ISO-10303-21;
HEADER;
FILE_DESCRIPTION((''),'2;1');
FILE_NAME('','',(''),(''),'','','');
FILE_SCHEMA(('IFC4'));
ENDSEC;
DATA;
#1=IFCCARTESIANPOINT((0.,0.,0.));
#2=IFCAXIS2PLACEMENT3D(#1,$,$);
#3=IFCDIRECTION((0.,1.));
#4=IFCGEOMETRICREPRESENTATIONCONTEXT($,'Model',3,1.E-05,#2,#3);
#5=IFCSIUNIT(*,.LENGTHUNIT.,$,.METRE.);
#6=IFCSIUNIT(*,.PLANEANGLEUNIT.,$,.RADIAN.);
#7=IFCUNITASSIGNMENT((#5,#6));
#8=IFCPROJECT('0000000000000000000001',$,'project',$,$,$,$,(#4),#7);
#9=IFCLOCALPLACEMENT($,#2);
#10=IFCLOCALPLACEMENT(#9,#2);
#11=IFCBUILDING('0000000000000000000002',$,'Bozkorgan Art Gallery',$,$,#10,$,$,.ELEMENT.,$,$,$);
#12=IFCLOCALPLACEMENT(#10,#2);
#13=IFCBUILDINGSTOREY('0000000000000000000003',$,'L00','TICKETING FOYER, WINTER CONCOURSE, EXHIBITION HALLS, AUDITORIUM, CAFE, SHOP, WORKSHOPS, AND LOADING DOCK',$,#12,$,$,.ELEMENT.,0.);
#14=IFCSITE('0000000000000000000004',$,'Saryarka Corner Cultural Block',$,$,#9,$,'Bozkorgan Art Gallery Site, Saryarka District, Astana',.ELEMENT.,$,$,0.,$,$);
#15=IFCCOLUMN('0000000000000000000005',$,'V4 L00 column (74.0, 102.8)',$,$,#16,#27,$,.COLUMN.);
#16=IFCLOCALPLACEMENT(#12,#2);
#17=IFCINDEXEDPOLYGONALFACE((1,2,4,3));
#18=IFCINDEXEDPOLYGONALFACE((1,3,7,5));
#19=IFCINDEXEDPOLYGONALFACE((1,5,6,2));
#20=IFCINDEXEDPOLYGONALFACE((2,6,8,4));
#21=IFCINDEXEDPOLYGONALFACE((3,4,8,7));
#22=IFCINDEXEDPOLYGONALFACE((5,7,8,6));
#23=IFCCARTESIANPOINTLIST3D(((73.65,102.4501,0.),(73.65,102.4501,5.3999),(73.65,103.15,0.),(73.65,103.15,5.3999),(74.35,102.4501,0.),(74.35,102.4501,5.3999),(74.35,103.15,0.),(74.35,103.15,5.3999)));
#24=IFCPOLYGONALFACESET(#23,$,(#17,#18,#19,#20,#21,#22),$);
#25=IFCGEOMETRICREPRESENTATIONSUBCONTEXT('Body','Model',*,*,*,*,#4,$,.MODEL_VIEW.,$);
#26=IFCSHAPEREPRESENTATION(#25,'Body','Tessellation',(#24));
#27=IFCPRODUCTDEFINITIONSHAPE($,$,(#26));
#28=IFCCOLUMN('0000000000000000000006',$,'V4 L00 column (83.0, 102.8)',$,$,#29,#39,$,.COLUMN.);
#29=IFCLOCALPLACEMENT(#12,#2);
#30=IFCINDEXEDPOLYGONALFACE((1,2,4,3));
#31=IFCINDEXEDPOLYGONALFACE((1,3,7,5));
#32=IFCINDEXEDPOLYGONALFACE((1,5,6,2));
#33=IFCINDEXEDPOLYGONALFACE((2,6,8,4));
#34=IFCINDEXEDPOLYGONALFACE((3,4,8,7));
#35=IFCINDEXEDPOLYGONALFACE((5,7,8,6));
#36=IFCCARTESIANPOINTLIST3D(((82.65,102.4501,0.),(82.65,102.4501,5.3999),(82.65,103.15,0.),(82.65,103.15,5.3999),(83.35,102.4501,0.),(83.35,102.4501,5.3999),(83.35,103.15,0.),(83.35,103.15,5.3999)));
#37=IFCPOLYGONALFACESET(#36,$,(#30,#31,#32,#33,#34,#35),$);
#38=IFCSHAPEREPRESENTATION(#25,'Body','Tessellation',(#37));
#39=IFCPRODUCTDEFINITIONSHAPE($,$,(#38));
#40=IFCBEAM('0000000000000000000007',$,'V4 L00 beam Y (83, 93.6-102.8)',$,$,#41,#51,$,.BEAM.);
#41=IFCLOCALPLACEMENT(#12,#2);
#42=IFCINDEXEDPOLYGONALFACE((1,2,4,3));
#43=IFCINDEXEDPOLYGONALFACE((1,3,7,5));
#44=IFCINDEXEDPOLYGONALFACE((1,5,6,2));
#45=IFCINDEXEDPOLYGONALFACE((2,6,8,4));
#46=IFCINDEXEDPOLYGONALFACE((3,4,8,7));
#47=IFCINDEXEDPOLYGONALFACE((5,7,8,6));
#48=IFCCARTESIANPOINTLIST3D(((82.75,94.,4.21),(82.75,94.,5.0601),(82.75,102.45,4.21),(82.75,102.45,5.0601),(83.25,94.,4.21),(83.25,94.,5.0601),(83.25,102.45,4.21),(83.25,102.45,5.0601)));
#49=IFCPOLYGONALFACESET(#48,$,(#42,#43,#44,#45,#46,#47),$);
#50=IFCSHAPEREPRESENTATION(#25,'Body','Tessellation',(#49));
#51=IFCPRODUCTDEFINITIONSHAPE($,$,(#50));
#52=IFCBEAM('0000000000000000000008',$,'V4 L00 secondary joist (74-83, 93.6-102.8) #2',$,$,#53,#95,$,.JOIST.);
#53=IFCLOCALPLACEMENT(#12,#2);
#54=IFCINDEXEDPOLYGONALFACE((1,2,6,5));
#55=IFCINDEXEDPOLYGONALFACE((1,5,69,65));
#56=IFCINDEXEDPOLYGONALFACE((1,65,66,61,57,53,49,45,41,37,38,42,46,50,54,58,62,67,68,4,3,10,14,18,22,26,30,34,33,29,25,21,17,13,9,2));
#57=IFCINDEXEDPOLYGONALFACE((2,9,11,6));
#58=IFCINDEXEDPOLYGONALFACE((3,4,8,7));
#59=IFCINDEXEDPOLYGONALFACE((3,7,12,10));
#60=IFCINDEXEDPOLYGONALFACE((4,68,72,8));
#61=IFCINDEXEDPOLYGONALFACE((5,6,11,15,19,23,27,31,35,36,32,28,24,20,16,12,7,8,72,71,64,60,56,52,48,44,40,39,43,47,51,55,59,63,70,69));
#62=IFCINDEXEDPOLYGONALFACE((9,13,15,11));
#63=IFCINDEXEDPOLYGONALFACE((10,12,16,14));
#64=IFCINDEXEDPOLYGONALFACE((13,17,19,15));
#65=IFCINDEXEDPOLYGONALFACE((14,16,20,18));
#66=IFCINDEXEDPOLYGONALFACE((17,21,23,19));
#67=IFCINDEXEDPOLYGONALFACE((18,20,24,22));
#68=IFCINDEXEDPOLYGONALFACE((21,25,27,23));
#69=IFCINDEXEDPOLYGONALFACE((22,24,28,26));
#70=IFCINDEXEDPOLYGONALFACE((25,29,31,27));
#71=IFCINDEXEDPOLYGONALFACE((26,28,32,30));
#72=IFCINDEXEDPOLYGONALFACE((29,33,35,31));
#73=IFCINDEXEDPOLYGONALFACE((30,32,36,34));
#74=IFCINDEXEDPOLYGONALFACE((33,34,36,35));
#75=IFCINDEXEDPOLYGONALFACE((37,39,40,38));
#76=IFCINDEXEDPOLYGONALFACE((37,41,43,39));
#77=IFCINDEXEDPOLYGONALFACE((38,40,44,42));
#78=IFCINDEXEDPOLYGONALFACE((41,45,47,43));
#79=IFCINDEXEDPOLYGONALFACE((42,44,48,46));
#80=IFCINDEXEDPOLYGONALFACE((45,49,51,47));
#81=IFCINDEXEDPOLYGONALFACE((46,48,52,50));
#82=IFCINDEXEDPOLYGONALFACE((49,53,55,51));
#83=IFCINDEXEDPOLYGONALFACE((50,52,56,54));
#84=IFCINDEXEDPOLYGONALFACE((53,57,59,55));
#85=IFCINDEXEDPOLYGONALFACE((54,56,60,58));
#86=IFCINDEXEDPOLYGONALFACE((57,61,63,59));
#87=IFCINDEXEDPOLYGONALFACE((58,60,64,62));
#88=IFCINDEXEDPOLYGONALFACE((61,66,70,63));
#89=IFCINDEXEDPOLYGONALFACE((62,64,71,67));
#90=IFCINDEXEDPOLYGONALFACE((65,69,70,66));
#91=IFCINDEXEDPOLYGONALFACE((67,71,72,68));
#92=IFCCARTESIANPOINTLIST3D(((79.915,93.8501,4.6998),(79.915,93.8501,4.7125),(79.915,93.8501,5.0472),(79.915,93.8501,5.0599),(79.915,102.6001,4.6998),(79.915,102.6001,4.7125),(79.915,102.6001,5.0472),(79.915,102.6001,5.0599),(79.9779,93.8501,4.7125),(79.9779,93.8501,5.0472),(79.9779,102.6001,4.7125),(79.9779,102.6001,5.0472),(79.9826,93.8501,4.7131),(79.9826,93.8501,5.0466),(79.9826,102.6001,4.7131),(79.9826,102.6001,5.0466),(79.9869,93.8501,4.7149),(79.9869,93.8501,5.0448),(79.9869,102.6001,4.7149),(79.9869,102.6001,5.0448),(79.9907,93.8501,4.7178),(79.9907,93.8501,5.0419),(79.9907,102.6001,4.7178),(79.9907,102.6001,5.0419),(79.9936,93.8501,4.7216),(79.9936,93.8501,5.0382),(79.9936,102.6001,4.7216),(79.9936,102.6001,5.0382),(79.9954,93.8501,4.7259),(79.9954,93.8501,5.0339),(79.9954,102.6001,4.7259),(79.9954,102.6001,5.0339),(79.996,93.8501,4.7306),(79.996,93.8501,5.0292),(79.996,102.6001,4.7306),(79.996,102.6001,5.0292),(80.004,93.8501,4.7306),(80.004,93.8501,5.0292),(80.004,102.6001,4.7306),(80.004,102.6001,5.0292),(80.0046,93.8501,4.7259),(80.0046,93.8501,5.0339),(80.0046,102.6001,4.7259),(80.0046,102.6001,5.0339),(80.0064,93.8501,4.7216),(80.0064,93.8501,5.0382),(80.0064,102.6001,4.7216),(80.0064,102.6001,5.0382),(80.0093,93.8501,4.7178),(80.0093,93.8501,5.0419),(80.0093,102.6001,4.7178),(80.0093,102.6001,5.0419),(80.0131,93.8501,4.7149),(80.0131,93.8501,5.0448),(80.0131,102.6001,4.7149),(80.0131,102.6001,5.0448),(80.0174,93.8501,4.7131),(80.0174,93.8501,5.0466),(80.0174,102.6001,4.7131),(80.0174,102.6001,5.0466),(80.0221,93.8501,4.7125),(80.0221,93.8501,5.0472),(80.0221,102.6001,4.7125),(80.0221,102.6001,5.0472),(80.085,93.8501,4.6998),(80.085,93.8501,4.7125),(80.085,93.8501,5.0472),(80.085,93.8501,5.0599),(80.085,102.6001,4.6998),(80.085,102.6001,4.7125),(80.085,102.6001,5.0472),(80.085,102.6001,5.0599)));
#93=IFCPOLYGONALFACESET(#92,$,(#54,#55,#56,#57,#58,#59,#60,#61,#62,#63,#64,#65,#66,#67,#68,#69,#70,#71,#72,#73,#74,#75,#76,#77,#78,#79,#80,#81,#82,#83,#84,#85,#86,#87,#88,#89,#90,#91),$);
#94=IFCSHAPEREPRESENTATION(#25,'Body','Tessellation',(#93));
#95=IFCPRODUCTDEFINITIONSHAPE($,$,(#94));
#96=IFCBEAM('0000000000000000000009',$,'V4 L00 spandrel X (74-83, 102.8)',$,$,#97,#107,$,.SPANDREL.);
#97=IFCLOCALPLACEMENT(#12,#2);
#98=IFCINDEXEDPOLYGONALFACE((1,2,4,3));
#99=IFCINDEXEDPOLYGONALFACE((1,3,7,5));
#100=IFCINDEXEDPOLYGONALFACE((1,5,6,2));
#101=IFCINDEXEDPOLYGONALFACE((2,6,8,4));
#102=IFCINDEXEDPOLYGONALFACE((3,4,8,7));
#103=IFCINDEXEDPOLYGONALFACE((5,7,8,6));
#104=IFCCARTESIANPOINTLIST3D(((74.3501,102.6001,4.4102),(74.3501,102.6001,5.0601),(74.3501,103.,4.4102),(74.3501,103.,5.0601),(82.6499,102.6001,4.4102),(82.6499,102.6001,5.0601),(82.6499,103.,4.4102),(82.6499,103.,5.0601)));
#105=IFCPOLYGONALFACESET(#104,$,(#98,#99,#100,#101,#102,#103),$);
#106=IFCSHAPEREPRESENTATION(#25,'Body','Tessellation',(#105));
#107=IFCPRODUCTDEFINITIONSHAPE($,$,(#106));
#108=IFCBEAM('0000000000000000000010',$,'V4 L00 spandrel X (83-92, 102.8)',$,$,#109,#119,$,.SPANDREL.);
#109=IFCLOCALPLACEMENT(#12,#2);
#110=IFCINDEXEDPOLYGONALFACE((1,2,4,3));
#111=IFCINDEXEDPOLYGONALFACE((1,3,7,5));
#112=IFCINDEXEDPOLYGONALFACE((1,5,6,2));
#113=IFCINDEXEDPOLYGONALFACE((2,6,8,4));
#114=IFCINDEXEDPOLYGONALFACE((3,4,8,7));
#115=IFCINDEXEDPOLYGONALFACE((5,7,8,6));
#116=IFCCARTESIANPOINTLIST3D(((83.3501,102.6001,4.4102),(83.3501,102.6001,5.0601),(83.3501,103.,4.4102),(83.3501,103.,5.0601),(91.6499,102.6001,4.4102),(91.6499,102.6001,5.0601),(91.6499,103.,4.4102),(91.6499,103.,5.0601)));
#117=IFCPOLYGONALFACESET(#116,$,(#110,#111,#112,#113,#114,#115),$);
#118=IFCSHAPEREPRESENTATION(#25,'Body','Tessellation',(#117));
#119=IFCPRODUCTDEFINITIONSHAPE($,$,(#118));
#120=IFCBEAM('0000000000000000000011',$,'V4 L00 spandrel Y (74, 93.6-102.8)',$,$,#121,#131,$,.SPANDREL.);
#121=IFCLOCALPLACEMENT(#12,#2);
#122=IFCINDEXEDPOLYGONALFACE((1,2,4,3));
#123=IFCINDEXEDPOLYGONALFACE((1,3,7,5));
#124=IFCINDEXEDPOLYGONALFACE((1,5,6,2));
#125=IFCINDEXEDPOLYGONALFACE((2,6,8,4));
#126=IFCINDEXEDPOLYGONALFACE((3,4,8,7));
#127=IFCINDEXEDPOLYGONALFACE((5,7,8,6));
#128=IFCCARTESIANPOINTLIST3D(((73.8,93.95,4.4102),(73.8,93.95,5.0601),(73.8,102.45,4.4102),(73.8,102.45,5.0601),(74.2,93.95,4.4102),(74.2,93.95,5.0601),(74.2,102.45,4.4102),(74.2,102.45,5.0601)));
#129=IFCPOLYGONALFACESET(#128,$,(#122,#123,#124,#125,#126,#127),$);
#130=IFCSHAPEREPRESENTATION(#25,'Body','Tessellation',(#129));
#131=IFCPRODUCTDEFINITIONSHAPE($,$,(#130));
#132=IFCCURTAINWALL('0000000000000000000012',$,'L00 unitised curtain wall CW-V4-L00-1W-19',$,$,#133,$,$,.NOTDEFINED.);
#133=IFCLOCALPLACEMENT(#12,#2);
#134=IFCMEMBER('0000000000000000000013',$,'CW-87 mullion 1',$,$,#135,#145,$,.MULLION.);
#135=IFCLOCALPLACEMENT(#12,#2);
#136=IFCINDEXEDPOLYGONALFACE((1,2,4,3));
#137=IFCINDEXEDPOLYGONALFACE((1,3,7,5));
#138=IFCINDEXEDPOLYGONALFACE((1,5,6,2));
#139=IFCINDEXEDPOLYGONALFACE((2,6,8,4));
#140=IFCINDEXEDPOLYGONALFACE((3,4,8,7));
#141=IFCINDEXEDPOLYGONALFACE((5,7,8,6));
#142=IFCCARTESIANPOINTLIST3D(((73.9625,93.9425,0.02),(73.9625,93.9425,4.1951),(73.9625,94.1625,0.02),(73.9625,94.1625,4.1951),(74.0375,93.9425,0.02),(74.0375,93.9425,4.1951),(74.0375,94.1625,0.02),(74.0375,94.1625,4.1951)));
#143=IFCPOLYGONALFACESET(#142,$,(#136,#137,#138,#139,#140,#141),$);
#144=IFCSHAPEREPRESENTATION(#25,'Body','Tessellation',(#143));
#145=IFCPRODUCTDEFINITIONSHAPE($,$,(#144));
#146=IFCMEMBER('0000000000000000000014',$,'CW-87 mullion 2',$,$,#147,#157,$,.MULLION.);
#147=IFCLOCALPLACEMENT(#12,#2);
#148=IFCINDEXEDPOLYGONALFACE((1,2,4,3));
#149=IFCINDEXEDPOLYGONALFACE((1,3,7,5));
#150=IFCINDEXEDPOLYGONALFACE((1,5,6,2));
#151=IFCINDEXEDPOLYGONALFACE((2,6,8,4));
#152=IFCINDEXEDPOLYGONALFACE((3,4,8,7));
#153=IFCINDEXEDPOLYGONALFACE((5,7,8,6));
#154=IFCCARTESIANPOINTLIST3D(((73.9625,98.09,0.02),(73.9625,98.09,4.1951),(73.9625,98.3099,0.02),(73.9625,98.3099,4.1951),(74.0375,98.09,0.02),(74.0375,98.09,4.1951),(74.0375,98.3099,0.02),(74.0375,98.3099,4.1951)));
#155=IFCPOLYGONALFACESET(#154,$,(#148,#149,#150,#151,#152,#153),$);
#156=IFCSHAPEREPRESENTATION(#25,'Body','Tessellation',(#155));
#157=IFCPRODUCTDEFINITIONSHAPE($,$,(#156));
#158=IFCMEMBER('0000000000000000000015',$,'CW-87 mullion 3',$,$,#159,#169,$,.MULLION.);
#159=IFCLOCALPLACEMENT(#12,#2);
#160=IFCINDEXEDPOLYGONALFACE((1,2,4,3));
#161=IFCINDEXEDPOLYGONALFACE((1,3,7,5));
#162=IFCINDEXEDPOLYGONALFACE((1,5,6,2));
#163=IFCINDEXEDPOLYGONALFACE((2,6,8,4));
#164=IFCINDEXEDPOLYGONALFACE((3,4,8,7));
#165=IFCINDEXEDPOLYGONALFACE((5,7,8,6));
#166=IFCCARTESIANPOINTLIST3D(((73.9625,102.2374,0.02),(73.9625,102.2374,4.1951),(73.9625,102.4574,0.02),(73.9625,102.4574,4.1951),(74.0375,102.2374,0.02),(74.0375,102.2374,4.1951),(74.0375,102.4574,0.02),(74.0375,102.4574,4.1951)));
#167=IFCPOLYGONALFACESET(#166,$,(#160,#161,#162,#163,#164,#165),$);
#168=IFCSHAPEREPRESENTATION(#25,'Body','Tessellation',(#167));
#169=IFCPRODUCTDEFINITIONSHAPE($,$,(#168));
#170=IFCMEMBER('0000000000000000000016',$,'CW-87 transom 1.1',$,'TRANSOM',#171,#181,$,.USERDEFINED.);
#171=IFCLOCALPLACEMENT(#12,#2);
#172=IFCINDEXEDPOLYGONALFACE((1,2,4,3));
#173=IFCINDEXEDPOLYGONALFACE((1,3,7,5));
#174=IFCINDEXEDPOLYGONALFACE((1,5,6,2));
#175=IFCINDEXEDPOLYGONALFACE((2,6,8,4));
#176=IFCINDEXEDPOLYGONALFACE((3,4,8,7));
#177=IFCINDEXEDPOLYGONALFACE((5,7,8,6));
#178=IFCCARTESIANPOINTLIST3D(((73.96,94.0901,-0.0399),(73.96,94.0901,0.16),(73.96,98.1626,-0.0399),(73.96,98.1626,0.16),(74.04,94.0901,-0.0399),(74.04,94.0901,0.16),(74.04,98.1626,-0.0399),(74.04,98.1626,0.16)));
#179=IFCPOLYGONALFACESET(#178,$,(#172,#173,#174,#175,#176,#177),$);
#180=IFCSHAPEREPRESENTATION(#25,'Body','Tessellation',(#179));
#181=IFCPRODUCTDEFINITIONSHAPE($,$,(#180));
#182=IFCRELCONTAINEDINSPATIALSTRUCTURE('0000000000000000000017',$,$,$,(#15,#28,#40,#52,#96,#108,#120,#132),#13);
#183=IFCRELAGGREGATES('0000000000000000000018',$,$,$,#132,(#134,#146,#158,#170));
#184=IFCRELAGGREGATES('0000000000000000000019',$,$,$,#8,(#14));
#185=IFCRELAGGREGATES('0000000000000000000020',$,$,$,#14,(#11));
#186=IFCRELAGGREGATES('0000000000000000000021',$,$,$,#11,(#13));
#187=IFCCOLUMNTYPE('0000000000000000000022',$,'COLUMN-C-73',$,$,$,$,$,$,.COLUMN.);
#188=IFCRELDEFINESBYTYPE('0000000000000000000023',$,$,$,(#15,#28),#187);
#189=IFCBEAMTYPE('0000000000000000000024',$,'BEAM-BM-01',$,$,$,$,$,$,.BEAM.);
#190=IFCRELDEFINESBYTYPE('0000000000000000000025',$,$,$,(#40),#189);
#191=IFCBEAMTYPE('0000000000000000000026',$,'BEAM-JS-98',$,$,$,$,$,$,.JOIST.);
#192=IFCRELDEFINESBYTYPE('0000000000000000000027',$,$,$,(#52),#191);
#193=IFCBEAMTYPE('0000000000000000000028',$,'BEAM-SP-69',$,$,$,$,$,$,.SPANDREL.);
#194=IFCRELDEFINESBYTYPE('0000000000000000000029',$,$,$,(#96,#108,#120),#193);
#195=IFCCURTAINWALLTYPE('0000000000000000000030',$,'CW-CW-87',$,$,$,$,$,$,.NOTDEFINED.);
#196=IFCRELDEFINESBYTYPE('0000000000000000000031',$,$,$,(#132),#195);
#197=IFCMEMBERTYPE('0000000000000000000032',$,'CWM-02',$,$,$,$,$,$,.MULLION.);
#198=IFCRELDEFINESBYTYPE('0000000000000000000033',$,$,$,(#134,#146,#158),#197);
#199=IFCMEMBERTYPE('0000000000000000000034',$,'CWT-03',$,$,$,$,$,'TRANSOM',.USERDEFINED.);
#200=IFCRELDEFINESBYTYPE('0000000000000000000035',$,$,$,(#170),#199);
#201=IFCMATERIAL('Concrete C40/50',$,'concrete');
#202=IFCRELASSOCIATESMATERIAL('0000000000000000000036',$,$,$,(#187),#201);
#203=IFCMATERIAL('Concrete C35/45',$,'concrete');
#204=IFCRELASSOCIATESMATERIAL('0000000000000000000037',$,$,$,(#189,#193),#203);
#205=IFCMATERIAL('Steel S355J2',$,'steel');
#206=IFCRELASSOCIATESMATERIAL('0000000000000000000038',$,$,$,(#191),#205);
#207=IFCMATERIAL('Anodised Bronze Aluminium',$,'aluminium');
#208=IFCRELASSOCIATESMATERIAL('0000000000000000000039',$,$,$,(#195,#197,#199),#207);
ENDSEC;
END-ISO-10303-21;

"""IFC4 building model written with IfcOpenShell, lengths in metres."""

from ifc_helpers import new_model, si_unit, direction, frame, origin, origin_2d, place, context, subcontext, project, spatial, rectangle, i_section, extrude, material, material_profile, profile_set, type_object, element, aggregate, save


model = new_model("IFC4")

# Units and contexts
model_context = context("Model", 3, precision=1e-05, world=origin(), true_north=direction((0.0, 1.0)))
body_context = subcontext(model_context, "Body", "Model", "MODEL_VIEW")
ifc_project = project(units=[si_unit("LENGTHUNIT", "METRE"), si_unit("PLANEANGLEUNIT", "RADIAN")], contexts=[model_context])

# Site, building, storey
site_placement = place(None, origin())
site = spatial("IfcSite", under=ifc_project, at=site_placement, Name="Saryarka Corner Cultural Block", LongName="Bozkorgan Art Gallery Site, Saryarka District, Astana", CompositionType="ELEMENT", RefElevation=0.0)
building_placement = place(site_placement, origin())
building = spatial("IfcBuilding", under=site, at=building_placement, Name="Bozkorgan Art Gallery", CompositionType="ELEMENT")
storey_placement = place(building_placement, origin())
storey = spatial("IfcBuildingStorey", under=building, at=storey_placement, Name="L00", Description="TICKETING FOYER, WINTER CONCOURSE, EXHIBITION HALLS, AUDITORIUM, CAFE, SHOP, WORKSHOPS, AND LOADING DOCK", CompositionType="ELEMENT", Elevation=0.0)

# Columns
ifc_material_1 = material(Name="Concrete C40/50", Category="concrete")
ifc_material_profile_1 = material_profile(ifc_material_1, rectangle(XDim=0.7, YDim=0.7, at=origin_2d()), Name="RC 700x700")
ifc_profile_set_1 = profile_set([ifc_material_profile_1], Name="Concrete C40/50")
column_type = type_object("IfcColumnType", Name="COLUMN-C-73", PredefinedType="COLUMN", material=ifc_profile_set_1)
for number, where, z_axis, x_axis, name in (
    (1, (74.0, 102.8, 0.0), (0.0, 0.0, 1.0), (1.0, 0.0, 0.0), "V4 L00 column (74.0, 102.8)"),
    (2, (83.0, 102.8, 0.0), (0.0, 0.0, 1.0), (1.0, 0.0, 0.0), "V4 L00 column (83.0, 102.8)"),
):
    element("IfcColumn", number, at=place(storey_placement, frame(where, z_axis=z_axis, x_axis=x_axis)), inside=storey, type_object=column_type, Name=name, PredefinedType="COLUMN", context=body_context, shape_type="SweptSolid", body=[
        extrude(rectangle(XDim=0.7, YDim=0.7, at=origin_2d()), origin(), (0.0, 0.0, 1.0), 5.3999),
    ])

# Beams
ifc_material_2 = material(Name="Concrete C35/45", Category="concrete")
ifc_material_profile_2 = material_profile(ifc_material_2, rectangle(XDim=0.5, YDim=0.8501, at=origin_2d()), Name="RC 500x850")
ifc_profile_set_2 = profile_set([ifc_material_profile_2], Name="Concrete C35/45")
beam_type_1 = type_object("IfcBeamType", Name="BEAM-BM-01", PredefinedType="BEAM", material=ifc_profile_set_2)
beam_1_placement = place(storey_placement, frame((83.0, 94.0, 4.635), z_axis=(0.0, 1.0, 0.0), x_axis=(-1.0, 0.0, 0.0)))
element("IfcBeam", 3, at=beam_1_placement, inside=storey, type_object=beam_type_1, Name="V4 L00 beam Y (83, 93.6-102.8)", PredefinedType="BEAM", context=body_context, shape_type="SweptSolid", body=[
    extrude(rectangle(XDim=0.5, YDim=0.8501, at=origin_2d()), origin(), (0.0, 0.0, 1.0), 8.45),
])
ifc_material_3 = material(Name="Steel S355J2", Category="steel")
ifc_material_profile_3 = material_profile(ifc_material_3, i_section(OverallWidth=0.1699, OverallDepth=0.3601, WebThickness=0.0081, FlangeThickness=0.0127, FilletRadius=0.0181, at=origin_2d()), Name="IPE 360")
ifc_profile_set_3 = profile_set([ifc_material_profile_3], Name="Steel S355J2")
beam_type_2 = type_object("IfcBeamType", Name="BEAM-JS-98", PredefinedType="JOIST", material=ifc_profile_set_3)
beam_2_placement = place(storey_placement, frame((80.0, 93.8501, 4.8799), z_axis=(0.0, 1.0, 0.0), x_axis=(-1.0, 0.0, 0.0)))
element("IfcBeam", 4, at=beam_2_placement, inside=storey, type_object=beam_type_2, Name="V4 L00 secondary joist (74-83, 93.6-102.8) #2", PredefinedType="JOIST", context=body_context, shape_type="SweptSolid", body=[
    extrude(i_section(OverallWidth=0.1699, OverallDepth=0.3601, WebThickness=0.0081, FlangeThickness=0.0127, FilletRadius=0.0181, at=origin_2d()), origin(), (0.0, 0.0, 1.0), 8.75),
])
ifc_material_profile_4 = material_profile(ifc_material_2, rectangle(XDim=0.3999, YDim=0.6499, at=origin_2d()), Name="RC 400x650")
ifc_profile_set_4 = profile_set([ifc_material_profile_4], Name="Concrete C35/45")
beam_type_3 = type_object("IfcBeamType", Name="BEAM-SP-69", PredefinedType="SPANDREL", material=ifc_profile_set_4)
for number, where, z_axis, x_axis, name in (
    (5, (74.3501, 102.8, 4.7351), (1.0, 0.0, 0.0), (0.0, 1.0, 0.0), "V4 L00 spandrel X (74-83, 102.8)"),
    (6, (83.3501, 102.8, 4.7351), (1.0, 0.0, 0.0), (0.0, 1.0, 0.0), "V4 L00 spandrel X (83-92, 102.8)"),
):
    element("IfcBeam", number, at=place(storey_placement, frame(where, z_axis=z_axis, x_axis=x_axis)), inside=storey, type_object=beam_type_3, Name=name, PredefinedType="SPANDREL", context=body_context, shape_type="SweptSolid", body=[
        extrude(rectangle(XDim=0.3999, YDim=0.6499, at=origin_2d()), origin(), (0.0, 0.0, 1.0), 8.2998),
    ])
beam_3_placement = place(storey_placement, frame((74.0, 93.95, 4.7351), z_axis=(0.0, 1.0, 0.0), x_axis=(-1.0, 0.0, 0.0)))
element("IfcBeam", 7, at=beam_3_placement, inside=storey, type_object=beam_type_3, Name="V4 L00 spandrel Y (74, 93.6-102.8)", PredefinedType="SPANDREL", context=body_context, shape_type="SweptSolid", body=[
    extrude(rectangle(XDim=0.3999, YDim=0.6499, at=origin_2d()), origin(), (0.0, 0.0, 1.0), 8.5),
])

# Curtain wall, members
ifc_material_4 = material(Name="Anodised Bronze Aluminium", Category="aluminium")
curtain_wall_type = type_object("IfcCurtainWallType", Name="CW-CW-87", PredefinedType="NOTDEFINED", material=ifc_material_4)
curtain_wall_placement = place(storey_placement, origin())
curtain_wall = element("IfcCurtainWall", 8, at=curtain_wall_placement, inside=storey, type_object=curtain_wall_type, Name="L00 unitised curtain wall CW-V4-L00-1W-19", PredefinedType="NOTDEFINED")
ifc_material_profile_5 = material_profile(ifc_material_4, rectangle(XDim=0.075, YDim=0.22, at=origin_2d()), Name="ALU MULLION 75x220")
ifc_profile_set_5 = profile_set([ifc_material_profile_5], Name="Anodised Bronze Aluminium")
member_type_1 = type_object("IfcMemberType", Name="CWM-02", PredefinedType="MULLION", material=ifc_profile_set_5)
member_1_placement = place(storey_placement, frame((74.0, 94.0525, 0.02), z_axis=(0.0, 0.0, 1.0), x_axis=(-1.0, 0.0, 0.0)))
member_1 = element("IfcMember", 9, at=member_1_placement, type_object=member_type_1, Name="CW-87 mullion 1", PredefinedType="MULLION", context=body_context, shape_type="SweptSolid", body=[
    extrude(rectangle(XDim=0.075, YDim=0.22, at=origin_2d()), origin(), (0.0, 0.0, 1.0), 4.175),
])
member_2_placement = place(storey_placement, frame((74.0, 98.2, 0.02), z_axis=(0.0, 0.0, 1.0), x_axis=(-1.0, 0.0, 0.0)))
member_2 = element("IfcMember", 10, at=member_2_placement, type_object=member_type_1, Name="CW-87 mullion 2", PredefinedType="MULLION", context=body_context, shape_type="SweptSolid", body=[
    extrude(rectangle(XDim=0.075, YDim=0.22, at=origin_2d()), origin(), (0.0, 0.0, 1.0), 4.175),
])
member_3_placement = place(storey_placement, frame((74.0, 102.3474, 0.02), z_axis=(0.0, 0.0, 1.0), x_axis=(-1.0, 0.0, 0.0)))
member_3 = element("IfcMember", 11, at=member_3_placement, type_object=member_type_1, Name="CW-87 mullion 3", PredefinedType="MULLION", context=body_context, shape_type="SweptSolid", body=[
    extrude(rectangle(XDim=0.075, YDim=0.22, at=origin_2d()), origin(), (0.0, 0.0, 1.0), 4.175),
])
ifc_material_profile_6 = material_profile(ifc_material_4, rectangle(XDim=0.0801, YDim=0.2, at=origin_2d()), Name="ALU TRANSOM 80x200")
ifc_profile_set_6 = profile_set([ifc_material_profile_6], Name="Anodised Bronze Aluminium")
member_type_2 = type_object("IfcMemberType", Name="CWT-03", ElementType="TRANSOM", PredefinedType="USERDEFINED", material=ifc_profile_set_6)
member_4_placement = place(storey_placement, frame((74.0, 94.0901, 0.0601), z_axis=(0.0, 1.0, 0.0), x_axis=(-1.0, 0.0, 0.0)))
member_4 = element("IfcMember", 12, at=member_4_placement, type_object=member_type_2, Name="CW-87 transom 1.1", ObjectType="TRANSOM", PredefinedType="USERDEFINED", context=body_context, shape_type="SweptSolid", body=[
    extrude(rectangle(XDim=0.0801, YDim=0.2, at=origin_2d()), origin(), (0.0, 0.0, 1.0), 4.0725),
])
aggregate(curtain_wall, [member_1, member_2, member_3, member_4])

save(model, "model.ifc")
